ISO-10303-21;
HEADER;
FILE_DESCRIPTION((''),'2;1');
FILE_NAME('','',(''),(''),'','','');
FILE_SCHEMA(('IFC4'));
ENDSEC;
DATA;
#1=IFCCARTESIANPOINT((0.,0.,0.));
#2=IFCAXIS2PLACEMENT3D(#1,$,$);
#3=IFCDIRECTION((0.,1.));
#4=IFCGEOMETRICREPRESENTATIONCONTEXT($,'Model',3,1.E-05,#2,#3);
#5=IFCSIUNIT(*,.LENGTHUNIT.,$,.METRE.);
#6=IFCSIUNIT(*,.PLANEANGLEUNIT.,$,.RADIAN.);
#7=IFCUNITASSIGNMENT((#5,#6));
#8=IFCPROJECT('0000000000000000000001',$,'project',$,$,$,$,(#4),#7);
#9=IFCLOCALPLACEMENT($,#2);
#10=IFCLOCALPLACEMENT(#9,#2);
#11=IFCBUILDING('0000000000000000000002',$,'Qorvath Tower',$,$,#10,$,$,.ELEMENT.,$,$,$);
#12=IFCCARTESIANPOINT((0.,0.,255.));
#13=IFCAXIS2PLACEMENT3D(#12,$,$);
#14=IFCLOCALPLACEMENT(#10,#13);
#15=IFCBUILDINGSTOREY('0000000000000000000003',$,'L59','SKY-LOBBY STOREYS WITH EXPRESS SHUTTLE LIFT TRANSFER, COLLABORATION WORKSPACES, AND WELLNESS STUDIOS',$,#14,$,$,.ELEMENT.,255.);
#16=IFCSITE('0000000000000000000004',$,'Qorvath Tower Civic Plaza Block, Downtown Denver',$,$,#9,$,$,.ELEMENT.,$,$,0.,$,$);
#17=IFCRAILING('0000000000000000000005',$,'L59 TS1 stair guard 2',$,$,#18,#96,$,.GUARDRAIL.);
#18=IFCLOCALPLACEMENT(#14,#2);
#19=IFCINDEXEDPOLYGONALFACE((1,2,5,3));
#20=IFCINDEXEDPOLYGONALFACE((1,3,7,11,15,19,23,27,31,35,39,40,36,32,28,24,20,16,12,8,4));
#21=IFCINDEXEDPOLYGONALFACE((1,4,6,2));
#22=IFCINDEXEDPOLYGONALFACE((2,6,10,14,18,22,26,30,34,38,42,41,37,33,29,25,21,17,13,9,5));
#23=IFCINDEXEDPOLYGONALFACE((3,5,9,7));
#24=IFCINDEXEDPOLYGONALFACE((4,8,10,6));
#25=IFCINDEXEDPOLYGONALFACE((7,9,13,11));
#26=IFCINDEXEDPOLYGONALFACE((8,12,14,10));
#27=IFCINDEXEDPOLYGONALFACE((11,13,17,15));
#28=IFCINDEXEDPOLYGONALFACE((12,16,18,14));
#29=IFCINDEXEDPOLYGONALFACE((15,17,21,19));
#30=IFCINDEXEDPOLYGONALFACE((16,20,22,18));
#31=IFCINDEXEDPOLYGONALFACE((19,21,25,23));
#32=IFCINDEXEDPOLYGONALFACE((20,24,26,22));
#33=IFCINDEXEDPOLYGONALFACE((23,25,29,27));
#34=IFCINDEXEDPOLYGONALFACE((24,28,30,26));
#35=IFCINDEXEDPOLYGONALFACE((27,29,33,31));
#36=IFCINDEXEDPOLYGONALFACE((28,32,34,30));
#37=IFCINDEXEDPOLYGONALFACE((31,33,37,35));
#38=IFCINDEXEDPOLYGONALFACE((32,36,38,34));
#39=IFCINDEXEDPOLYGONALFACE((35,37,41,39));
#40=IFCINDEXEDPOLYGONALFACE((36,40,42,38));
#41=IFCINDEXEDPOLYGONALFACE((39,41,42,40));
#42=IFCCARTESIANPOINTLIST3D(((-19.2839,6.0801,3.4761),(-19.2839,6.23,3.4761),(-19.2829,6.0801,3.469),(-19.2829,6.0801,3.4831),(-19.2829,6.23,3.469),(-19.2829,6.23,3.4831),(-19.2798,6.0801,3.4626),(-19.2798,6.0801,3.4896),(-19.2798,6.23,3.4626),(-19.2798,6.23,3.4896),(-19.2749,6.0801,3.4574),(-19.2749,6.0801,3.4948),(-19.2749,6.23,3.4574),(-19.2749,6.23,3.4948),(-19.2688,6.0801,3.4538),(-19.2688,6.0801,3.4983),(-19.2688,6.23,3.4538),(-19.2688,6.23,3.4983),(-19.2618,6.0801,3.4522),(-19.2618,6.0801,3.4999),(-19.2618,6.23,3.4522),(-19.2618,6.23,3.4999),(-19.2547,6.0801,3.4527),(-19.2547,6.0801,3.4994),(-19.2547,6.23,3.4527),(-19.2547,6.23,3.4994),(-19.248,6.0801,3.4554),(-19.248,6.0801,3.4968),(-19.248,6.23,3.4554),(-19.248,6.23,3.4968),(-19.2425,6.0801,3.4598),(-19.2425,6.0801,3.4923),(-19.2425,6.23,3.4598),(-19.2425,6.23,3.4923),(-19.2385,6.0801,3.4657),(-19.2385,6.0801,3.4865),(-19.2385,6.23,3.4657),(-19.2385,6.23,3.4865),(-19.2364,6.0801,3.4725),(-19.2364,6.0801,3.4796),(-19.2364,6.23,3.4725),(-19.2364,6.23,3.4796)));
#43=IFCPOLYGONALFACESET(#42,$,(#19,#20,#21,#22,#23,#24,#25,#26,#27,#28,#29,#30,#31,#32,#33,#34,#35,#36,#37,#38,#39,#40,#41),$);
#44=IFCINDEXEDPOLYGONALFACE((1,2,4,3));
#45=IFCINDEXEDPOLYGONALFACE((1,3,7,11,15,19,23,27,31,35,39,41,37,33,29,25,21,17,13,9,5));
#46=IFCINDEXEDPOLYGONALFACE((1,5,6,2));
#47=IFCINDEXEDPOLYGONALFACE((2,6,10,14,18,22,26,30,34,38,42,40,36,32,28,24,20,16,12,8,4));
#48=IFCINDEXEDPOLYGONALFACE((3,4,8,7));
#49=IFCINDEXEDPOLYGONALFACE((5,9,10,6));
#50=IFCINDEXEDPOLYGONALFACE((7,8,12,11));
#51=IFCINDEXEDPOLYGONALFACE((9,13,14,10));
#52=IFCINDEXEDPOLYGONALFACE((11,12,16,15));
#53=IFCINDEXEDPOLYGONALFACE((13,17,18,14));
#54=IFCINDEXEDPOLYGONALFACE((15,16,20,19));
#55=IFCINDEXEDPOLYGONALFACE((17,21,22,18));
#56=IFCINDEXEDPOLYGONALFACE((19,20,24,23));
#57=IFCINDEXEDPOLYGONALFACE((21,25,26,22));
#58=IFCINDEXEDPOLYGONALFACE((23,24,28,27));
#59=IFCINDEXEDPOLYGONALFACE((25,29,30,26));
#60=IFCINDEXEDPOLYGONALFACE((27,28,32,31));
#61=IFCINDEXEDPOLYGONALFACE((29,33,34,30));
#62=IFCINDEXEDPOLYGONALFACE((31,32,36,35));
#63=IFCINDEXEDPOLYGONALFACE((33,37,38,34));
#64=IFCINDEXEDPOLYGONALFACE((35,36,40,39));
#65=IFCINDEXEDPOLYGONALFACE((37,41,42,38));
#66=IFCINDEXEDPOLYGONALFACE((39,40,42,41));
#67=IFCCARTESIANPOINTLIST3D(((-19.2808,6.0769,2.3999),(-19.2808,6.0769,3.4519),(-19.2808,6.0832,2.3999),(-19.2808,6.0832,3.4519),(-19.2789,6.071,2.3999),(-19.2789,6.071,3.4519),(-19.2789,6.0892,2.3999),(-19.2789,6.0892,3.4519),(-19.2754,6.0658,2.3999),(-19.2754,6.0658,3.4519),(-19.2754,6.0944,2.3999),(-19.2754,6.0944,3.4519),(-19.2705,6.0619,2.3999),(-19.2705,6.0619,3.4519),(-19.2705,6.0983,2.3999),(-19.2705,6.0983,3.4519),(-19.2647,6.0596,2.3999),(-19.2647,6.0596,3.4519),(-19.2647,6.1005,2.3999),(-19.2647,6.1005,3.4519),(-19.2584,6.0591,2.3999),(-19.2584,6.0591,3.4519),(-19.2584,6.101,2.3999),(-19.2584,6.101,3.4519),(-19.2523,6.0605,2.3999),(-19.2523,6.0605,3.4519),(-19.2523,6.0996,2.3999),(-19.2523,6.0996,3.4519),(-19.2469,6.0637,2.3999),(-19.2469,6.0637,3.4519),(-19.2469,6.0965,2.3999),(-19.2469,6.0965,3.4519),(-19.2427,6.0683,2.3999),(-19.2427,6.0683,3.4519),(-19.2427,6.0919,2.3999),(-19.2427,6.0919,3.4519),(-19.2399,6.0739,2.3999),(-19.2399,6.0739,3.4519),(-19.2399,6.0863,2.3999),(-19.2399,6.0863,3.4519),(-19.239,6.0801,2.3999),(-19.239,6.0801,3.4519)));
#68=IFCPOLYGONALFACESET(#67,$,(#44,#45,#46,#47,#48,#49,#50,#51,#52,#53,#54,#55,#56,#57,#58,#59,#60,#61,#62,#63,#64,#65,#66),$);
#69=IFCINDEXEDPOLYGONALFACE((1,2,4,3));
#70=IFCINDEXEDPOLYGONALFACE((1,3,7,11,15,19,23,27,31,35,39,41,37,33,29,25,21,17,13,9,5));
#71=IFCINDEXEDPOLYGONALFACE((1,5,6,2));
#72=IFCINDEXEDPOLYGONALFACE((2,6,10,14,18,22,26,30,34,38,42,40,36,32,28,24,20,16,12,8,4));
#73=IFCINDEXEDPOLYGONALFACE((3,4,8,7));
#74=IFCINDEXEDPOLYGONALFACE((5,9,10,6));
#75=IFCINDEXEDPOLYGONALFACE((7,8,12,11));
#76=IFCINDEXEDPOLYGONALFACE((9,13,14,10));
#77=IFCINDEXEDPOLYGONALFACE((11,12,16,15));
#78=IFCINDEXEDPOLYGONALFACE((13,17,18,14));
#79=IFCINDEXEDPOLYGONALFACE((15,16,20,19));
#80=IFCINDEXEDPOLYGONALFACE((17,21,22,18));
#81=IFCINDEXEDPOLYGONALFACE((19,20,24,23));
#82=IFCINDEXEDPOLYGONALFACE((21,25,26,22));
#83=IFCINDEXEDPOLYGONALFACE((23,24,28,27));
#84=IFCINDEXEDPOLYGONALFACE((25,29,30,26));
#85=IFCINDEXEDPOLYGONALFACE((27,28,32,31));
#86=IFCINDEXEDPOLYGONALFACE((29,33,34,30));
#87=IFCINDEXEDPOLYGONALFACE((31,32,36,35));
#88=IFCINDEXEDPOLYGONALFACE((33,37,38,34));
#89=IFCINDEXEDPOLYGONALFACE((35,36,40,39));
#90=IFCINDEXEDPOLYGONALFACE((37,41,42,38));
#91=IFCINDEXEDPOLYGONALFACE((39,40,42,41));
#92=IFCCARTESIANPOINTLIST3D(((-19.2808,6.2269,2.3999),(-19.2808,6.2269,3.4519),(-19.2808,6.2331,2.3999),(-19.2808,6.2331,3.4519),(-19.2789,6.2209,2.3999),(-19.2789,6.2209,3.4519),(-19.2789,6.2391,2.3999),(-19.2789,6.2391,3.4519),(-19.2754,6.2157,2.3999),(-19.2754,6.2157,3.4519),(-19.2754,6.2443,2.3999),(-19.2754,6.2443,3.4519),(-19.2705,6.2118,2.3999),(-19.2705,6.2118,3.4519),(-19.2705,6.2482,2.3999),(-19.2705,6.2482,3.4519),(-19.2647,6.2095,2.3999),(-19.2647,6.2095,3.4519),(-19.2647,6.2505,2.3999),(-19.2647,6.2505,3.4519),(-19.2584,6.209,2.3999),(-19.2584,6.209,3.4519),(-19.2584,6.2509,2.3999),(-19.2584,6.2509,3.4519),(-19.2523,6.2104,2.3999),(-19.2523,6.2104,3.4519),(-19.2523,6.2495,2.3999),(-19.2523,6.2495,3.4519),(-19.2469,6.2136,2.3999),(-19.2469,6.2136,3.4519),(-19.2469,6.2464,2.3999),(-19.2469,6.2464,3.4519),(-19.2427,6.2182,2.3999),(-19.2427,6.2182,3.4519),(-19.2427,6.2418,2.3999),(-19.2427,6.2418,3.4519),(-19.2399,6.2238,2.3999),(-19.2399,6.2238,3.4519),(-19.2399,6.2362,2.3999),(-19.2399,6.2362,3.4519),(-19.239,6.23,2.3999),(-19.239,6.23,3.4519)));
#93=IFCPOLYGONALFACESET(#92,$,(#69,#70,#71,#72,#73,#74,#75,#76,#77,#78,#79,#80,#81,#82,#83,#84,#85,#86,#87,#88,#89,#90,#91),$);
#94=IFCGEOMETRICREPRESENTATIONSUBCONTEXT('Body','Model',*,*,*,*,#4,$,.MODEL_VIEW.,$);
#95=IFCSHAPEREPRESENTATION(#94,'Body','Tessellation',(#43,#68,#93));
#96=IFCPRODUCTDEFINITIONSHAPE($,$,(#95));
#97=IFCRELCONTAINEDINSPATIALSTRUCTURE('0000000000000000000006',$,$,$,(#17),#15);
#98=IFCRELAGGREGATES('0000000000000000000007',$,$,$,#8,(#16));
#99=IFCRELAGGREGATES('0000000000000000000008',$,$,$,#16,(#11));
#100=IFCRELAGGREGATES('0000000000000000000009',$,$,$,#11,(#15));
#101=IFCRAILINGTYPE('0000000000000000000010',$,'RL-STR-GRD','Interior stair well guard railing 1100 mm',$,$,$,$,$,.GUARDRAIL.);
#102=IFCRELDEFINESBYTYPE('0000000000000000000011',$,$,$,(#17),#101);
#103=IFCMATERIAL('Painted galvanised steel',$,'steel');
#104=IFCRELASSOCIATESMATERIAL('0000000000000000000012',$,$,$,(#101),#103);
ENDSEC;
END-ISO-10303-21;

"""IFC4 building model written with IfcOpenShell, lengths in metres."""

from ifc_helpers import new_model, si_unit, direction, frame, origin, origin_2d, place, context, subcontext, project, spatial, circle, extrude, material, type_object, element, save


model = new_model("IFC4")

# Units and contexts
model_context = context("Model", 3, precision=1e-05, world=origin(), true_north=direction((0.0, 1.0)))
body_context = subcontext(model_context, "Body", "Model", "MODEL_VIEW")
ifc_project = project(units=[si_unit("LENGTHUNIT", "METRE"), si_unit("PLANEANGLEUNIT", "RADIAN")], contexts=[model_context])

# Site, building, storey
site_placement = place(None, origin())
site = spatial("IfcSite", under=ifc_project, at=site_placement, Name="Qorvath Tower Civic Plaza Block, Downtown Denver", CompositionType="ELEMENT", RefElevation=0.0)
building_placement = place(site_placement, origin())
building = spatial("IfcBuilding", under=site, at=building_placement, Name="Qorvath Tower", CompositionType="ELEMENT")
storey_placement = place(building_placement, frame((0.0, 0.0, 255.0)))
storey = spatial("IfcBuildingStorey", under=building, at=storey_placement, Name="L59", Description="SKY-LOBBY STOREYS WITH EXPRESS SHUTTLE LIFT TRANSFER, COLLABORATION WORKSPACES, AND WELLNESS STUDIOS", CompositionType="ELEMENT", Elevation=255.0)

# Railing
ifc_material_1 = material(Name="Painted galvanised steel", Category="steel")
railing_type = type_object("IfcRailingType", Name="RL-STR-GRD", Description="Interior stair well guard railing 1100 mm", PredefinedType="GUARDRAIL", material=ifc_material_1)
railing_1_placement = place(storey_placement, frame((-19.26, 6.0801, 2.3999)))
element("IfcRailing", 1, at=railing_1_placement, inside=storey, type_object=railing_type, Name="L59 TS1 stair guard 2", PredefinedType="GUARDRAIL", context=body_context, shape_type="SweptSolid", body=[
    extrude(circle(Radius=0.0239, at=origin_2d()), frame((0.0, 0.0, 1.0762), z_axis=(0.0, 1.0, 0.0), x_axis=(-1.0, 0.0, 0.0)), (0.0, 0.0, 1.0), 0.1499),
    extrude(circle(Radius=0.021, at=origin_2d()), origin(), (0.0, 0.0, 1.0), 1.052),
    extrude(circle(Radius=0.021, at=origin_2d()), frame((0.0, 0.1499, 0.0)), (0.0, 0.0, 1.0), 1.052),
])

save(model, "model.ifc")
